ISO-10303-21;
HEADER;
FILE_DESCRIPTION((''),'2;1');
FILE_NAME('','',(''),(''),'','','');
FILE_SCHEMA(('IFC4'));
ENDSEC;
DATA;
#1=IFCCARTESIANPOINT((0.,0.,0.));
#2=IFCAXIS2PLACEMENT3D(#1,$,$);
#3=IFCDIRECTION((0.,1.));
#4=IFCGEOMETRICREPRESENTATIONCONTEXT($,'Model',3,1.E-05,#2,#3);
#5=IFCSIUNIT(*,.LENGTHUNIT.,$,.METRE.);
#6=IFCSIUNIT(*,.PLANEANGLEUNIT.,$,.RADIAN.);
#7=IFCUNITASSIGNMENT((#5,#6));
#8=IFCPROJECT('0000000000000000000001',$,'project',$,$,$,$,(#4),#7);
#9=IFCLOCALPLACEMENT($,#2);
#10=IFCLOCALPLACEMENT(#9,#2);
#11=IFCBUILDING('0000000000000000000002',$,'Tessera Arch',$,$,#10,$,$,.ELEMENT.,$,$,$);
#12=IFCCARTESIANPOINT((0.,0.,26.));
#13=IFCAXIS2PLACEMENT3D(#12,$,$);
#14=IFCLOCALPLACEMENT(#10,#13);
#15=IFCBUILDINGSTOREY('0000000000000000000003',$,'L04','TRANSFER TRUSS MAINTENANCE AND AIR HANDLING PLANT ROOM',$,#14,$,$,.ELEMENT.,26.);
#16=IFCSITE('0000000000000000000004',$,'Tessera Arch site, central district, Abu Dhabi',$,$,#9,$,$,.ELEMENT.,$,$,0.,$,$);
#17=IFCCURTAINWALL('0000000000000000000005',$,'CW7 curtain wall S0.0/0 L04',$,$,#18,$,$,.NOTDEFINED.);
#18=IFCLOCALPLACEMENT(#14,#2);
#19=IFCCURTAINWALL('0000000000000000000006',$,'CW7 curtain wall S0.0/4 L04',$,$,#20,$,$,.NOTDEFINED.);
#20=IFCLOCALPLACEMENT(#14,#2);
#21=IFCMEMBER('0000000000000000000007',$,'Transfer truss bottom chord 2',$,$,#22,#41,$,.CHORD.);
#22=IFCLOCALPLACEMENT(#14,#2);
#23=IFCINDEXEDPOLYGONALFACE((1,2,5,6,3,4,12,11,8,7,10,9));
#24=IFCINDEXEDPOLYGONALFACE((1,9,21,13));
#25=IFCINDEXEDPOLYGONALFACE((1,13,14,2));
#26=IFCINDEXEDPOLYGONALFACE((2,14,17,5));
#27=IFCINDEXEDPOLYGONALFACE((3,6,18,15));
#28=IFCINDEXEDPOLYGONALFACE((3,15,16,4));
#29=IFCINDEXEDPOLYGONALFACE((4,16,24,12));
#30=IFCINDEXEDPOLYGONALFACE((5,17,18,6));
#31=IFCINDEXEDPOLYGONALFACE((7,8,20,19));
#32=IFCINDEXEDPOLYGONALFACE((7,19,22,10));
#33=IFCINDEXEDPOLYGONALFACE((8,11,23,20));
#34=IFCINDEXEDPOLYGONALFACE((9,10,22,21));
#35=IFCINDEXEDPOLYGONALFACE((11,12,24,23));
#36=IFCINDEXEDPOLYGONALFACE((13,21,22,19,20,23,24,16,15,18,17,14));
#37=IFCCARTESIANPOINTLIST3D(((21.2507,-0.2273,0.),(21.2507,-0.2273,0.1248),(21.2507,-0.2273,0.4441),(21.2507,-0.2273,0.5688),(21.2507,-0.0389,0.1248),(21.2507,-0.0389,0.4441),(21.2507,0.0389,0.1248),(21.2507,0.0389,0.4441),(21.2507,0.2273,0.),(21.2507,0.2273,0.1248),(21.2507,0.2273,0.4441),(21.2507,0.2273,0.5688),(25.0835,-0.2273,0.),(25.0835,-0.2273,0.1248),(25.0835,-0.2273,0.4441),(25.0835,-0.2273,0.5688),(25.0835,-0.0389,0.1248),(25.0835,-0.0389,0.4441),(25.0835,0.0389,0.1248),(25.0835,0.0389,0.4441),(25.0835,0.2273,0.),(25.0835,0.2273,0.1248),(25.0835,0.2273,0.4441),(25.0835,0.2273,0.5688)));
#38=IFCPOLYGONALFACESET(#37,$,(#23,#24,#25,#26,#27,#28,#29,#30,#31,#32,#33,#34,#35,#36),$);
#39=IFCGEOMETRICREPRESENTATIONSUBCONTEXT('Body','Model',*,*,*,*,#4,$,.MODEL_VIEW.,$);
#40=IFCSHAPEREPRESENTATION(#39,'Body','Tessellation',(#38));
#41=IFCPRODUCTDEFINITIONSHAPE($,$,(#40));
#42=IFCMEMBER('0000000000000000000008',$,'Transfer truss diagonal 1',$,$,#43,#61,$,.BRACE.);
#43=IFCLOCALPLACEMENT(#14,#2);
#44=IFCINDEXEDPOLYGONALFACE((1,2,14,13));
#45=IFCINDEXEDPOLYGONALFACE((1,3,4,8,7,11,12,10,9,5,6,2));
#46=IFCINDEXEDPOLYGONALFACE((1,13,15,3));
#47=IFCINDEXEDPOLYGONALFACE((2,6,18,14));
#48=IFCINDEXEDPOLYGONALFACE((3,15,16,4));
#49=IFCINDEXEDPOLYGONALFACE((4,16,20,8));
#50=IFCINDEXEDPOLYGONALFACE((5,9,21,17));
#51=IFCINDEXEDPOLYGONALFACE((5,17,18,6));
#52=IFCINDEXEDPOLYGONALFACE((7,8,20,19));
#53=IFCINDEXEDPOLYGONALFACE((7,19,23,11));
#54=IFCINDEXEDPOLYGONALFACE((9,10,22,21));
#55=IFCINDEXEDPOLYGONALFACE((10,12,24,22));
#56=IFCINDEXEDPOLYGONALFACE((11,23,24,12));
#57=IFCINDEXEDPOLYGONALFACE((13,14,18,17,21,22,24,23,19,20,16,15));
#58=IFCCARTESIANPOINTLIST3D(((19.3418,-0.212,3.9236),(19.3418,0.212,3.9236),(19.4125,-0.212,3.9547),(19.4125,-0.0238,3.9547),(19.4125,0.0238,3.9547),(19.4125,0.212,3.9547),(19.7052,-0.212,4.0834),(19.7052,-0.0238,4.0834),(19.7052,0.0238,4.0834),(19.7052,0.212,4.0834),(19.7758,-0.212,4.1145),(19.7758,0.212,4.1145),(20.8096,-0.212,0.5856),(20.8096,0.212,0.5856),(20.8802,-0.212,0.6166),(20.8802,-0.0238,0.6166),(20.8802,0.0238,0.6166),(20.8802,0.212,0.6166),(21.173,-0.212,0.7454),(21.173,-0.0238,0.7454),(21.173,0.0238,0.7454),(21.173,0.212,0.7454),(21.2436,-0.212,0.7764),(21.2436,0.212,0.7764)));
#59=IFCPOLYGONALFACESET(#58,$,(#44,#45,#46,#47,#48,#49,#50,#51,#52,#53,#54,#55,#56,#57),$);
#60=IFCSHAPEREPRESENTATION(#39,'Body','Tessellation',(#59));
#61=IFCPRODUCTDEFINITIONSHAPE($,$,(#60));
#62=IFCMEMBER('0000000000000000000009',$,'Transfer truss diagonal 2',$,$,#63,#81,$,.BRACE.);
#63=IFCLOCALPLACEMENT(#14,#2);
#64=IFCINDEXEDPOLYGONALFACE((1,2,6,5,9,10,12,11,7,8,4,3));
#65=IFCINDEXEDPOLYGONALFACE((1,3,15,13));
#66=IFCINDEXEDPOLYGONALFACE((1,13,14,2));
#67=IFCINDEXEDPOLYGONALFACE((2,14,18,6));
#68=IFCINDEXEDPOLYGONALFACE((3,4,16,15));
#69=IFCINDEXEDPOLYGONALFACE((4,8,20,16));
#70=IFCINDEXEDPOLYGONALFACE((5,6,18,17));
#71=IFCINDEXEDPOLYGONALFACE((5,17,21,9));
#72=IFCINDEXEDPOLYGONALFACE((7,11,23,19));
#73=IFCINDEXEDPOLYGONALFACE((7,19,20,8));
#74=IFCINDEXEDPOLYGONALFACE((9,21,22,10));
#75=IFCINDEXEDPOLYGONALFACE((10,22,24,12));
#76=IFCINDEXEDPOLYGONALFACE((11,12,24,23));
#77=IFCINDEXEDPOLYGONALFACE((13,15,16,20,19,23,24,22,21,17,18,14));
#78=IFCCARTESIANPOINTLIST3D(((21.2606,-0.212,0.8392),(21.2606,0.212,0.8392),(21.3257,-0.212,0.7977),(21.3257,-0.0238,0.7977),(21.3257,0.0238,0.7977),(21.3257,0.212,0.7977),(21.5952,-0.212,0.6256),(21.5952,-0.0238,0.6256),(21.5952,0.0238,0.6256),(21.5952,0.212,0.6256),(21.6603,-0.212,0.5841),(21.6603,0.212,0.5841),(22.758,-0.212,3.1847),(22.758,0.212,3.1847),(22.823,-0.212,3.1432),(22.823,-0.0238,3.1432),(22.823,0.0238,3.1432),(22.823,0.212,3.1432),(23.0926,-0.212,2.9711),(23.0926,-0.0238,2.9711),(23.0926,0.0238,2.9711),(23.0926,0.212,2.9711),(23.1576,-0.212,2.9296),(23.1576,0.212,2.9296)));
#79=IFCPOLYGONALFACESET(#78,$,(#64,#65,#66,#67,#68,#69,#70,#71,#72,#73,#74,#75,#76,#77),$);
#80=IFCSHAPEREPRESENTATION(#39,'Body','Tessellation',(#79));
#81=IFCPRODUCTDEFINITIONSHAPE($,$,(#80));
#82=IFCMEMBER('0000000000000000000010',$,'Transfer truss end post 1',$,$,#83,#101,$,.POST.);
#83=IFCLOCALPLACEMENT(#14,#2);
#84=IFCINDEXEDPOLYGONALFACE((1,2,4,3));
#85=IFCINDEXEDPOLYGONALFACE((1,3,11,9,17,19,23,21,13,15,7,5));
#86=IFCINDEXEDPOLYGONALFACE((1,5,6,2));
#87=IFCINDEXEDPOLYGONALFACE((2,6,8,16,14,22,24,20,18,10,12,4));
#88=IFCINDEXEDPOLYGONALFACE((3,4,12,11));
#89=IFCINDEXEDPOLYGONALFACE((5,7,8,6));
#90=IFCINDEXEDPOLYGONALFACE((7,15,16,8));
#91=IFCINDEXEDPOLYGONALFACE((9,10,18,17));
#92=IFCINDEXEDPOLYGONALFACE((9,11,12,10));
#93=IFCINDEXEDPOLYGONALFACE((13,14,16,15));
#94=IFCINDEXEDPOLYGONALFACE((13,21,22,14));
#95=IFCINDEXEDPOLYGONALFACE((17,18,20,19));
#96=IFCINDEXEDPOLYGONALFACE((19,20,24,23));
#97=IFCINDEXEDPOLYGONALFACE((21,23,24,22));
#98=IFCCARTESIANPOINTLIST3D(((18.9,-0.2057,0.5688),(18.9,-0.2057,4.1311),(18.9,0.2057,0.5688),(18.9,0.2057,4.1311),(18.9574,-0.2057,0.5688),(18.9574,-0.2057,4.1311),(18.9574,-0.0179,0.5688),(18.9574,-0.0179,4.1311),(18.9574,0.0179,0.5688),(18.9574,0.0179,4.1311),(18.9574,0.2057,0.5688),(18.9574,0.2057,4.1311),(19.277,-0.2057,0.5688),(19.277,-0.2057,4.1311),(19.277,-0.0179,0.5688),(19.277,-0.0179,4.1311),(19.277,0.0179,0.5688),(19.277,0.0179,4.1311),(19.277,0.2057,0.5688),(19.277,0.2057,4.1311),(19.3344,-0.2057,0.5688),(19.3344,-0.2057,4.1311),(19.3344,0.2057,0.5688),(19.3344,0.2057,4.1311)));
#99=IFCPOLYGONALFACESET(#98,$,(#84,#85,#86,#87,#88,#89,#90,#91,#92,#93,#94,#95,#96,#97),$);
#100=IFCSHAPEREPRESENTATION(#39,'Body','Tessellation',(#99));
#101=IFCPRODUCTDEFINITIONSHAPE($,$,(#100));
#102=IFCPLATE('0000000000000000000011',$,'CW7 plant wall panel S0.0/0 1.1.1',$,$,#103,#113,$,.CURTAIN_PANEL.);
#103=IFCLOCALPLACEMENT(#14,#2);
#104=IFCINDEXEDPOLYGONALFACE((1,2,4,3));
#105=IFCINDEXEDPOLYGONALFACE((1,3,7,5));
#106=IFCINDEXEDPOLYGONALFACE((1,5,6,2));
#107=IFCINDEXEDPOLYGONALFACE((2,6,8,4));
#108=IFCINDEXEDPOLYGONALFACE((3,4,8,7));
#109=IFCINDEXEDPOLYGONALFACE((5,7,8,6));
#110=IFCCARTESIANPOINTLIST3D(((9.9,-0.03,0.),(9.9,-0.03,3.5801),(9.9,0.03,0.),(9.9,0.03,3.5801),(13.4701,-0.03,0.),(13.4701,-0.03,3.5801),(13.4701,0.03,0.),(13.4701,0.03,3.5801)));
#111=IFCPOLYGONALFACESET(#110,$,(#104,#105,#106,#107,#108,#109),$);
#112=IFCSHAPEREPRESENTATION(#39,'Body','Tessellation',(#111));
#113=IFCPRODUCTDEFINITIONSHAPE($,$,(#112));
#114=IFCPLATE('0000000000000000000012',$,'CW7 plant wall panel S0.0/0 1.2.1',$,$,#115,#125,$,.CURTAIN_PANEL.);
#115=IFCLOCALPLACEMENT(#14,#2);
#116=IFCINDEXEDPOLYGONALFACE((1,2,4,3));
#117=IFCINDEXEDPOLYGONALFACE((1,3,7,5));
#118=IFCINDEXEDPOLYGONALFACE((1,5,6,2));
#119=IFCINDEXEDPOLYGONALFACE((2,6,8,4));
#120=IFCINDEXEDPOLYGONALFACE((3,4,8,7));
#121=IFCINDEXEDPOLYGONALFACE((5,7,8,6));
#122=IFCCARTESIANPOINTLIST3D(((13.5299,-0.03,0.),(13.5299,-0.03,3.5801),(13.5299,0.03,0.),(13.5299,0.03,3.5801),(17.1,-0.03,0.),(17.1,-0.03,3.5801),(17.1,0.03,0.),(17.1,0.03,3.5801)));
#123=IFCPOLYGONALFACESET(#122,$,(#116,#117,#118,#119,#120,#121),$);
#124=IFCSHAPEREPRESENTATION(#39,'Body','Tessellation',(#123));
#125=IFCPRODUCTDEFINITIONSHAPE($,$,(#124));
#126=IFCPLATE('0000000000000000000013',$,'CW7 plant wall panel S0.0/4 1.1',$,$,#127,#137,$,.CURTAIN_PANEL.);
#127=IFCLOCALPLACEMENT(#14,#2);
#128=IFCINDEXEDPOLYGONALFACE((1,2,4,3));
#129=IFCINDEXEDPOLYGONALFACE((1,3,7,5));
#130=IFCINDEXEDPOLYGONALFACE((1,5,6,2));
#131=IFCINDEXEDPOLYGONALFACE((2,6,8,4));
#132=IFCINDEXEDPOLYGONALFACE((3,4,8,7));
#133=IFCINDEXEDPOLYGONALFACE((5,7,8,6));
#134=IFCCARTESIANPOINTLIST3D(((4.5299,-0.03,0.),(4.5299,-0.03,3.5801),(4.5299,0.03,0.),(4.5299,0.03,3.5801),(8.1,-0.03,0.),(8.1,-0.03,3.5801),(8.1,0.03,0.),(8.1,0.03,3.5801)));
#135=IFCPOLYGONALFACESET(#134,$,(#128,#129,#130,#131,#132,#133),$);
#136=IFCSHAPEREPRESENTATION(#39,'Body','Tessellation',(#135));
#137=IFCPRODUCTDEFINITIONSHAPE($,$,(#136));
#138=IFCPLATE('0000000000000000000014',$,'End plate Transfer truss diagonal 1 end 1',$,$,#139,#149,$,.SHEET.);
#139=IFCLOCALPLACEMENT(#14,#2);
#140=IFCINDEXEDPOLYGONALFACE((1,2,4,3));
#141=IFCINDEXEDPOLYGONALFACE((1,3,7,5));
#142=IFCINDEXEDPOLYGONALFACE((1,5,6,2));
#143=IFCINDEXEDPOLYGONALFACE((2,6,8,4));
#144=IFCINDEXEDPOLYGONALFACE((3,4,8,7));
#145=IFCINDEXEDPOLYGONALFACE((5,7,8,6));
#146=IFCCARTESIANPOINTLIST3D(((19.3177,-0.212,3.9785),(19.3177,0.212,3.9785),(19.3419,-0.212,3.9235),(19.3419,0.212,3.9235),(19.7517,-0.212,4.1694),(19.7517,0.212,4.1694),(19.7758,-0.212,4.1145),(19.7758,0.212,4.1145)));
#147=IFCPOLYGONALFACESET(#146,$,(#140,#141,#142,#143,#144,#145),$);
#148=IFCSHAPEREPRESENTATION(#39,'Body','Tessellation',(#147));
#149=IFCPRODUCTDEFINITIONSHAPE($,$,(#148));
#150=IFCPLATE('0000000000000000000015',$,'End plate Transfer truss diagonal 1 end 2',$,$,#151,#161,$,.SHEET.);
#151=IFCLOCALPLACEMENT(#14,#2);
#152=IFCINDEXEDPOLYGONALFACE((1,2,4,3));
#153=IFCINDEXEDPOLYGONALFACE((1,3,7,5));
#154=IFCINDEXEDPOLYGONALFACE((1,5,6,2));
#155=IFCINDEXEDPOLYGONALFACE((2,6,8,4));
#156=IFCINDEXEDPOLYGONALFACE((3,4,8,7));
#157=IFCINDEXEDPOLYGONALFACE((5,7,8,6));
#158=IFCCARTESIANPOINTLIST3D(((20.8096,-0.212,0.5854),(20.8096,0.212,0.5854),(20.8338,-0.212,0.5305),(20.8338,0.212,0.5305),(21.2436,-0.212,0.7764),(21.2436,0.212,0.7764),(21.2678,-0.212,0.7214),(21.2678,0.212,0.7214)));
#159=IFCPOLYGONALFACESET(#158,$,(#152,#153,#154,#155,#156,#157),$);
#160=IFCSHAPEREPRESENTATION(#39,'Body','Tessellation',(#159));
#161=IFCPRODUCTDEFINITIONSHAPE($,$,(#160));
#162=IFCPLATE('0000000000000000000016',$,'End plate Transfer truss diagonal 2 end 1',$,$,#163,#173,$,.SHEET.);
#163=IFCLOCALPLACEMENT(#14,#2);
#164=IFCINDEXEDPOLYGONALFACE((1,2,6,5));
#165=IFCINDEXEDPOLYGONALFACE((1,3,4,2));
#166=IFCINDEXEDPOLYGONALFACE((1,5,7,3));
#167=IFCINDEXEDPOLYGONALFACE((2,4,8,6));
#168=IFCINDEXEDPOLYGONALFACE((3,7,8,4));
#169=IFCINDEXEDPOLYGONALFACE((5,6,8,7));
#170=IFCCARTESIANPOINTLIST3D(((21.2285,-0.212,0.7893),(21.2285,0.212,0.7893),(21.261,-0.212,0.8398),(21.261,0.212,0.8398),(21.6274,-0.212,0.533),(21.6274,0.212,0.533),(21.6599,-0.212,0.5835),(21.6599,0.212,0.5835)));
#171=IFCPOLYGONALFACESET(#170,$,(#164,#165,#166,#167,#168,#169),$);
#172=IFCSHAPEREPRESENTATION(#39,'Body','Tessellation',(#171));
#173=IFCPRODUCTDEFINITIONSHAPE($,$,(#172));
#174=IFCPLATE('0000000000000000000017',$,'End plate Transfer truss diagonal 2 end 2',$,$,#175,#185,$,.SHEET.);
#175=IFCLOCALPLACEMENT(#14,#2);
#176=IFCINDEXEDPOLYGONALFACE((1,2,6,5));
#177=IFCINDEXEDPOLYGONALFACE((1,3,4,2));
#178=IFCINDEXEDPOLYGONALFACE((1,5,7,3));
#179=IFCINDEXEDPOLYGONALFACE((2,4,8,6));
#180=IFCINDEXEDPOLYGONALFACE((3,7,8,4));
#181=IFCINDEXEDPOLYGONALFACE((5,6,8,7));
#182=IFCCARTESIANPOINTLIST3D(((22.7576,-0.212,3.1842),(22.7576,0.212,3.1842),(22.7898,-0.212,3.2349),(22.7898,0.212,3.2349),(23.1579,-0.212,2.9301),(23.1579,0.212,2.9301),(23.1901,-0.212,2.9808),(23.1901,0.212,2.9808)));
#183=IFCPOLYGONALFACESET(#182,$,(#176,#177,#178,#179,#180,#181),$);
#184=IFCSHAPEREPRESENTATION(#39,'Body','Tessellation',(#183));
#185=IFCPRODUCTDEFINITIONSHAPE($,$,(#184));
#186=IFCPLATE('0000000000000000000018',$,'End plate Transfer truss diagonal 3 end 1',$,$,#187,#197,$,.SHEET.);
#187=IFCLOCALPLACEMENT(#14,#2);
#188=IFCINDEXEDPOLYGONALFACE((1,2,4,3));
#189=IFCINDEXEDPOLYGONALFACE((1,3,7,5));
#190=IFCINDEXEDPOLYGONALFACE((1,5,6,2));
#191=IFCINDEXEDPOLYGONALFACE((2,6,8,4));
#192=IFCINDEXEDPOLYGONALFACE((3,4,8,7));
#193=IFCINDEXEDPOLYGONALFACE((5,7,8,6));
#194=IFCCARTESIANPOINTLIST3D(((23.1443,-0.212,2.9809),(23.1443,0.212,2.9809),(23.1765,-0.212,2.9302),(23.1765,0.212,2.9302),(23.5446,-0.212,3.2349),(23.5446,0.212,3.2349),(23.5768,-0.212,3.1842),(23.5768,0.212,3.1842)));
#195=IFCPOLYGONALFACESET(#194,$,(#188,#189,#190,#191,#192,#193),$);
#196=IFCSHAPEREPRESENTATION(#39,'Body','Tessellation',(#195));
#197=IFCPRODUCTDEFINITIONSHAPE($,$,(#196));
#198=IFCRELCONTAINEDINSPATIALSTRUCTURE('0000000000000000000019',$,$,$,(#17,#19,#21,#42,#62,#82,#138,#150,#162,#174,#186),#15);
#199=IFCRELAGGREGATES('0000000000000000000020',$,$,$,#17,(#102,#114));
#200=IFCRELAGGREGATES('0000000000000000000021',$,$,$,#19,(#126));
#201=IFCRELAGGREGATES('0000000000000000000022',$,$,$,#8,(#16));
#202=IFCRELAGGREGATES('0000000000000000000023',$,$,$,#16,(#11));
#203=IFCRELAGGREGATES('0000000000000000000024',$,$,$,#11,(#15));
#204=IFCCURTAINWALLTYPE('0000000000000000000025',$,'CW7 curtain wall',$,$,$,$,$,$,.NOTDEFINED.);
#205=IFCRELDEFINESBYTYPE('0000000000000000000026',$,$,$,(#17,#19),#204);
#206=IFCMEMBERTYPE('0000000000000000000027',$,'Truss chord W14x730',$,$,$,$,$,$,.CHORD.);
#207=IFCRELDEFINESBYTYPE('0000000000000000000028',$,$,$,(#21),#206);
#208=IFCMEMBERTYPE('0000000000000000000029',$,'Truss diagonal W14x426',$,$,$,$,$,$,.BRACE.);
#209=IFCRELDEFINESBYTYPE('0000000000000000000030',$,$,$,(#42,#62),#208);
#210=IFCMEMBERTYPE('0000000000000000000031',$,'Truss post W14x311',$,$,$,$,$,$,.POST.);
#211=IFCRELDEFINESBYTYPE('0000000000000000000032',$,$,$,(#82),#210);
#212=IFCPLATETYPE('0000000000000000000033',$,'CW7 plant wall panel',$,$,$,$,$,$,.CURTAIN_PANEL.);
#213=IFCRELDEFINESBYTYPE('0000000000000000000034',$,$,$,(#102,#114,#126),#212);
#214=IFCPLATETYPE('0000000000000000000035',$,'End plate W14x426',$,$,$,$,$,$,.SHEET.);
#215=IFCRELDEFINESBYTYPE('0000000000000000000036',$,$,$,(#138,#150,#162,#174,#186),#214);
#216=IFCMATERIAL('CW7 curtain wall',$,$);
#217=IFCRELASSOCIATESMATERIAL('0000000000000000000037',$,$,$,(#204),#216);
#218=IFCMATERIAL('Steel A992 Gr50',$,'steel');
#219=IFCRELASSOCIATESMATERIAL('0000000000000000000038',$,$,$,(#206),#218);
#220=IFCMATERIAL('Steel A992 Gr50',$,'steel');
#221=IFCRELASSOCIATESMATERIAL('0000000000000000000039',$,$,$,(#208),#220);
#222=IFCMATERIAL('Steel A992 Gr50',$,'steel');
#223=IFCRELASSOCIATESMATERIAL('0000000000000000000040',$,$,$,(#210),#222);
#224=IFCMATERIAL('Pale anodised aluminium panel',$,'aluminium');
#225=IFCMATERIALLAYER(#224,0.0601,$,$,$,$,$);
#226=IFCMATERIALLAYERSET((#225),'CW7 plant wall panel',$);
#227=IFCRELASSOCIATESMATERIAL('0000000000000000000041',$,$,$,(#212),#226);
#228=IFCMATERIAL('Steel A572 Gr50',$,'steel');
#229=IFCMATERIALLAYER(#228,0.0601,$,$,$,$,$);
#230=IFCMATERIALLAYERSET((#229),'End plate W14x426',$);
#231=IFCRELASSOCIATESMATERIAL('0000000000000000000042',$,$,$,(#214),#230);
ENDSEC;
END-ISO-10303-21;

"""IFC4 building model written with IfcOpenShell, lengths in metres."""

from ifc_helpers import new_model, si_unit, direction, frame, origin, origin_2d, place, context, subcontext, project, spatial, rectangle, i_section, extrude, material, layer, layer_set, material_profile, profile_set, type_object, element, aggregate, save


model = new_model("IFC4")

# Units and contexts
model_context = context("Model", 3, precision=1e-05, world=origin(), true_north=direction((0.0, 1.0)))
body_context = subcontext(model_context, "Body", "Model", "MODEL_VIEW")
ifc_project = project(units=[si_unit("LENGTHUNIT", "METRE"), si_unit("PLANEANGLEUNIT", "RADIAN")], contexts=[model_context])

# Site, building, storey
site_placement = place(None, origin())
site = spatial("IfcSite", under=ifc_project, at=site_placement, Name="Tessera Arch site, central district, Abu Dhabi", CompositionType="ELEMENT", RefElevation=0.0)
building_placement = place(site_placement, origin())
building = spatial("IfcBuilding", under=site, at=building_placement, Name="Tessera Arch", CompositionType="ELEMENT")
storey_placement = place(building_placement, frame((0.0, 0.0, 26.0)))
storey = spatial("IfcBuildingStorey", under=building, at=storey_placement, Name="L04", Description="TRANSFER TRUSS MAINTENANCE AND AIR HANDLING PLANT ROOM", CompositionType="ELEMENT", Elevation=26.0)

# Curtain walls
ifc_material_1 = material(Name="CW7 curtain wall")
curtain_wall_type_1 = type_object("IfcCurtainWallType", Name="CW7 curtain wall", PredefinedType="NOTDEFINED", material=ifc_material_1)
curtain_wall_1_placement = place(storey_placement, origin())
curtain_wall_1 = element("IfcCurtainWall", 1, at=curtain_wall_1_placement, inside=storey, type_object=curtain_wall_type_1, Name="CW7 curtain wall S0.0/0 L04", PredefinedType="NOTDEFINED")
curtain_wall_2_placement = place(storey_placement, origin())
curtain_wall_2 = element("IfcCurtainWall", 2, at=curtain_wall_2_placement, inside=storey, type_object=curtain_wall_type_1, Name="CW7 curtain wall S0.0/4 L04", PredefinedType="NOTDEFINED")

# Members
ifc_material_2 = material(Name="Steel A992 Gr50", Category="steel")
ifc_material_profile_1 = material_profile(ifc_material_2, i_section(OverallWidth=0.4546, OverallDepth=0.5688, WebThickness=0.0779, FlangeThickness=0.1248, at=origin_2d()), Name="W14x730")
ifc_profile_set_1 = profile_set([ifc_material_profile_1], Name="Steel A992 Gr50")
member_type_1 = type_object("IfcMemberType", Name="Truss chord W14x730", PredefinedType="CHORD", material=ifc_profile_set_1)
member_1_placement = place(storey_placement, frame((21.2507, 0.0, 0.2844), z_axis=(1.0, 0.0, 0.0), x_axis=(0.0, 1.0, 0.0)))
element("IfcMember", 3, at=member_1_placement, inside=storey, type_object=member_type_1, Name="Transfer truss bottom chord 2", PredefinedType="CHORD", context=body_context, shape_type="SweptSolid", body=[
    extrude(i_section(OverallWidth=0.4546, OverallDepth=0.5688, WebThickness=0.0779, FlangeThickness=0.1248, at=origin_2d()), origin(), (0.0, 0.0, 1.0), 3.8328),
])
ifc_material_3 = material(Name="Steel A992 Gr50", Category="steel")
ifc_material_profile_2 = material_profile(ifc_material_3, i_section(OverallWidth=0.4241, OverallDepth=0.4741, WebThickness=0.0476, FlangeThickness=0.0771, at=origin_2d()), Name="W14x426")
ifc_profile_set_2 = profile_set([ifc_material_profile_2], Name="Steel A992 Gr50")
member_type_2 = type_object("IfcMemberType", Name="Truss diagonal W14x426", PredefinedType="BRACE", material=ifc_profile_set_2)
member_2_placement = place(storey_placement, frame((19.5588, 0.0, 4.019), z_axis=(0.402508, 0.0, -0.915417), x_axis=(0.0, 1.0, 0.0)))
element("IfcMember", 4, at=member_2_placement, inside=storey, type_object=member_type_2, Name="Transfer truss diagonal 1", PredefinedType="BRACE", context=body_context, shape_type="SweptSolid", body=[
    extrude(i_section(OverallWidth=0.4241, OverallDepth=0.4741, WebThickness=0.0476, FlangeThickness=0.0771, at=origin_2d()), origin(), (0.0, 0.0, 1.0), 3.6465),
])
member_3_placement = place(storey_placement, frame((21.4604, 0.0, 0.7117), z_axis=(0.53809, 0.0, 0.842887), x_axis=(0.0, 1.0, 0.0)))
element("IfcMember", 5, at=member_3_placement, inside=storey, type_object=member_type_2, Name="Transfer truss diagonal 2", PredefinedType="BRACE", context=body_context, shape_type="SweptSolid", body=[
    extrude(i_section(OverallWidth=0.4241, OverallDepth=0.4741, WebThickness=0.0476, FlangeThickness=0.0771, at=origin_2d()), origin(), (0.0, 0.0, 1.0), 2.7827),
])
ifc_material_4 = material(Name="Steel A992 Gr50", Category="steel")
ifc_material_profile_3 = material_profile(ifc_material_4, i_section(OverallWidth=0.4114, OverallDepth=0.4343, WebThickness=0.0359, FlangeThickness=0.0574, at=origin_2d()), Name="W14x311")
ifc_profile_set_3 = profile_set([ifc_material_profile_3], Name="Steel A992 Gr50")
member_type_3 = type_object("IfcMemberType", Name="Truss post W14x311", PredefinedType="POST", material=ifc_profile_set_3)
member_4_placement = place(storey_placement, frame((19.1172, 0.0, 0.5688), z_axis=(0.0, 0.0, 1.0), x_axis=(0.0, 1.0, 0.0)))
element("IfcMember", 6, at=member_4_placement, inside=storey, type_object=member_type_3, Name="Transfer truss end post 1", PredefinedType="POST", context=body_context, shape_type="SweptSolid", body=[
    extrude(i_section(OverallWidth=0.4114, OverallDepth=0.4343, WebThickness=0.0359, FlangeThickness=0.0574, at=origin_2d()), origin(), (0.0, 0.0, 1.0), 3.5623),
])

# Plates
ifc_material_5 = material(Name="Pale anodised aluminium panel", Category="aluminium")
ifc_layer_1 = layer(ifc_material_5, 0.0601)
ifc_layer_set_1 = layer_set([ifc_layer_1], Name="CW7 plant wall panel")
plate_type_1 = type_object("IfcPlateType", Name="CW7 plant wall panel", PredefinedType="CURTAIN_PANEL", material=ifc_layer_set_1)
plate_1_placement = place(storey_placement, frame((11.6851, 0.0, 0.0), z_axis=(0.0, 0.0, 1.0), x_axis=(1.0, 0.0, 0.0)))
plate_1 = element("IfcPlate", 7, at=plate_1_placement, type_object=plate_type_1, Name="CW7 plant wall panel S0.0/0 1.1.1", PredefinedType="CURTAIN_PANEL", context=body_context, shape_type="SweptSolid", body=[
    extrude(rectangle(XDim=3.5701, YDim=0.0601, at=origin_2d()), origin(), (0.0, 0.0, 1.0), 3.5801),
])
plate_2_placement = place(storey_placement, frame((15.3149, 0.0, 0.0), z_axis=(0.0, 0.0, 1.0), x_axis=(1.0, 0.0, 0.0)))
plate_2 = element("IfcPlate", 8, at=plate_2_placement, type_object=plate_type_1, Name="CW7 plant wall panel S0.0/0 1.2.1", PredefinedType="CURTAIN_PANEL", context=body_context, shape_type="SweptSolid", body=[
    extrude(rectangle(XDim=3.5701, YDim=0.0601, at=origin_2d()), origin(), (0.0, 0.0, 1.0), 3.5801),
])
aggregate(curtain_wall_1, [plate_1, plate_2])
plate_3_placement = place(storey_placement, frame((6.3149, 0.0, 0.0), z_axis=(0.0, 0.0, 1.0), x_axis=(1.0, 0.0, 0.0)))
plate_3 = element("IfcPlate", 9, at=plate_3_placement, type_object=plate_type_1, Name="CW7 plant wall panel S0.0/4 1.1", PredefinedType="CURTAIN_PANEL", context=body_context, shape_type="SweptSolid", body=[
    extrude(rectangle(XDim=3.5701, YDim=0.0601, at=origin_2d()), origin(), (0.0, 0.0, 1.0), 3.5801),
])
aggregate(curtain_wall_2, [plate_3])

# Plates
ifc_material_6 = material(Name="Steel A572 Gr50", Category="steel")
ifc_layer_2 = layer(ifc_material_6, 0.0601)
ifc_layer_set_2 = layer_set([ifc_layer_2], Name="End plate W14x426")
plate_type_2 = type_object("IfcPlateType", Name="End plate W14x426", PredefinedType="SHEET", material=ifc_layer_set_2)
for number, where, z_axis, x_axis, name in (
    (10, (19.5347, 0.0, 4.074), (0.402739, 0.0, -0.915315), (0.0, 1.0, 0.0), "End plate Transfer truss diagonal 1 end 1"),
    (11, (21.0266, 0.0, 0.6809), (0.402739, 0.0, -0.915315), (0.0, 1.0, 0.0), "End plate Transfer truss diagonal 1 end 2"),
    (12, (21.428, 0.0, 0.6611), (0.540552, 0.0, 0.841311), (0.0, 1.0, 0.0), "End plate Transfer truss diagonal 2 end 1"),
    (13, (22.9578, 0.0, 3.0571), (0.535824, 0.0, 0.844329), (0.0, 1.0, 0.0), "End plate Transfer truss diagonal 2 end 2"),
    (14, (23.3445, 0.0, 3.1079), (0.535824, 0.0, -0.844329), (0.0, 1.0, 0.0), "End plate Transfer truss diagonal 3 end 1"),
):
    element("IfcPlate", number, at=place(storey_placement, frame(where, z_axis=z_axis, x_axis=x_axis)), inside=storey, type_object=plate_type_2, Name=name, PredefinedType="SHEET", context=body_context, shape_type="SweptSolid", body=[
        extrude(rectangle(XDim=0.4241, YDim=0.4741, at=origin_2d()), origin(), (0.0, 0.0, 1.0), 0.0601),
    ])

save(model, "model.ifc")
